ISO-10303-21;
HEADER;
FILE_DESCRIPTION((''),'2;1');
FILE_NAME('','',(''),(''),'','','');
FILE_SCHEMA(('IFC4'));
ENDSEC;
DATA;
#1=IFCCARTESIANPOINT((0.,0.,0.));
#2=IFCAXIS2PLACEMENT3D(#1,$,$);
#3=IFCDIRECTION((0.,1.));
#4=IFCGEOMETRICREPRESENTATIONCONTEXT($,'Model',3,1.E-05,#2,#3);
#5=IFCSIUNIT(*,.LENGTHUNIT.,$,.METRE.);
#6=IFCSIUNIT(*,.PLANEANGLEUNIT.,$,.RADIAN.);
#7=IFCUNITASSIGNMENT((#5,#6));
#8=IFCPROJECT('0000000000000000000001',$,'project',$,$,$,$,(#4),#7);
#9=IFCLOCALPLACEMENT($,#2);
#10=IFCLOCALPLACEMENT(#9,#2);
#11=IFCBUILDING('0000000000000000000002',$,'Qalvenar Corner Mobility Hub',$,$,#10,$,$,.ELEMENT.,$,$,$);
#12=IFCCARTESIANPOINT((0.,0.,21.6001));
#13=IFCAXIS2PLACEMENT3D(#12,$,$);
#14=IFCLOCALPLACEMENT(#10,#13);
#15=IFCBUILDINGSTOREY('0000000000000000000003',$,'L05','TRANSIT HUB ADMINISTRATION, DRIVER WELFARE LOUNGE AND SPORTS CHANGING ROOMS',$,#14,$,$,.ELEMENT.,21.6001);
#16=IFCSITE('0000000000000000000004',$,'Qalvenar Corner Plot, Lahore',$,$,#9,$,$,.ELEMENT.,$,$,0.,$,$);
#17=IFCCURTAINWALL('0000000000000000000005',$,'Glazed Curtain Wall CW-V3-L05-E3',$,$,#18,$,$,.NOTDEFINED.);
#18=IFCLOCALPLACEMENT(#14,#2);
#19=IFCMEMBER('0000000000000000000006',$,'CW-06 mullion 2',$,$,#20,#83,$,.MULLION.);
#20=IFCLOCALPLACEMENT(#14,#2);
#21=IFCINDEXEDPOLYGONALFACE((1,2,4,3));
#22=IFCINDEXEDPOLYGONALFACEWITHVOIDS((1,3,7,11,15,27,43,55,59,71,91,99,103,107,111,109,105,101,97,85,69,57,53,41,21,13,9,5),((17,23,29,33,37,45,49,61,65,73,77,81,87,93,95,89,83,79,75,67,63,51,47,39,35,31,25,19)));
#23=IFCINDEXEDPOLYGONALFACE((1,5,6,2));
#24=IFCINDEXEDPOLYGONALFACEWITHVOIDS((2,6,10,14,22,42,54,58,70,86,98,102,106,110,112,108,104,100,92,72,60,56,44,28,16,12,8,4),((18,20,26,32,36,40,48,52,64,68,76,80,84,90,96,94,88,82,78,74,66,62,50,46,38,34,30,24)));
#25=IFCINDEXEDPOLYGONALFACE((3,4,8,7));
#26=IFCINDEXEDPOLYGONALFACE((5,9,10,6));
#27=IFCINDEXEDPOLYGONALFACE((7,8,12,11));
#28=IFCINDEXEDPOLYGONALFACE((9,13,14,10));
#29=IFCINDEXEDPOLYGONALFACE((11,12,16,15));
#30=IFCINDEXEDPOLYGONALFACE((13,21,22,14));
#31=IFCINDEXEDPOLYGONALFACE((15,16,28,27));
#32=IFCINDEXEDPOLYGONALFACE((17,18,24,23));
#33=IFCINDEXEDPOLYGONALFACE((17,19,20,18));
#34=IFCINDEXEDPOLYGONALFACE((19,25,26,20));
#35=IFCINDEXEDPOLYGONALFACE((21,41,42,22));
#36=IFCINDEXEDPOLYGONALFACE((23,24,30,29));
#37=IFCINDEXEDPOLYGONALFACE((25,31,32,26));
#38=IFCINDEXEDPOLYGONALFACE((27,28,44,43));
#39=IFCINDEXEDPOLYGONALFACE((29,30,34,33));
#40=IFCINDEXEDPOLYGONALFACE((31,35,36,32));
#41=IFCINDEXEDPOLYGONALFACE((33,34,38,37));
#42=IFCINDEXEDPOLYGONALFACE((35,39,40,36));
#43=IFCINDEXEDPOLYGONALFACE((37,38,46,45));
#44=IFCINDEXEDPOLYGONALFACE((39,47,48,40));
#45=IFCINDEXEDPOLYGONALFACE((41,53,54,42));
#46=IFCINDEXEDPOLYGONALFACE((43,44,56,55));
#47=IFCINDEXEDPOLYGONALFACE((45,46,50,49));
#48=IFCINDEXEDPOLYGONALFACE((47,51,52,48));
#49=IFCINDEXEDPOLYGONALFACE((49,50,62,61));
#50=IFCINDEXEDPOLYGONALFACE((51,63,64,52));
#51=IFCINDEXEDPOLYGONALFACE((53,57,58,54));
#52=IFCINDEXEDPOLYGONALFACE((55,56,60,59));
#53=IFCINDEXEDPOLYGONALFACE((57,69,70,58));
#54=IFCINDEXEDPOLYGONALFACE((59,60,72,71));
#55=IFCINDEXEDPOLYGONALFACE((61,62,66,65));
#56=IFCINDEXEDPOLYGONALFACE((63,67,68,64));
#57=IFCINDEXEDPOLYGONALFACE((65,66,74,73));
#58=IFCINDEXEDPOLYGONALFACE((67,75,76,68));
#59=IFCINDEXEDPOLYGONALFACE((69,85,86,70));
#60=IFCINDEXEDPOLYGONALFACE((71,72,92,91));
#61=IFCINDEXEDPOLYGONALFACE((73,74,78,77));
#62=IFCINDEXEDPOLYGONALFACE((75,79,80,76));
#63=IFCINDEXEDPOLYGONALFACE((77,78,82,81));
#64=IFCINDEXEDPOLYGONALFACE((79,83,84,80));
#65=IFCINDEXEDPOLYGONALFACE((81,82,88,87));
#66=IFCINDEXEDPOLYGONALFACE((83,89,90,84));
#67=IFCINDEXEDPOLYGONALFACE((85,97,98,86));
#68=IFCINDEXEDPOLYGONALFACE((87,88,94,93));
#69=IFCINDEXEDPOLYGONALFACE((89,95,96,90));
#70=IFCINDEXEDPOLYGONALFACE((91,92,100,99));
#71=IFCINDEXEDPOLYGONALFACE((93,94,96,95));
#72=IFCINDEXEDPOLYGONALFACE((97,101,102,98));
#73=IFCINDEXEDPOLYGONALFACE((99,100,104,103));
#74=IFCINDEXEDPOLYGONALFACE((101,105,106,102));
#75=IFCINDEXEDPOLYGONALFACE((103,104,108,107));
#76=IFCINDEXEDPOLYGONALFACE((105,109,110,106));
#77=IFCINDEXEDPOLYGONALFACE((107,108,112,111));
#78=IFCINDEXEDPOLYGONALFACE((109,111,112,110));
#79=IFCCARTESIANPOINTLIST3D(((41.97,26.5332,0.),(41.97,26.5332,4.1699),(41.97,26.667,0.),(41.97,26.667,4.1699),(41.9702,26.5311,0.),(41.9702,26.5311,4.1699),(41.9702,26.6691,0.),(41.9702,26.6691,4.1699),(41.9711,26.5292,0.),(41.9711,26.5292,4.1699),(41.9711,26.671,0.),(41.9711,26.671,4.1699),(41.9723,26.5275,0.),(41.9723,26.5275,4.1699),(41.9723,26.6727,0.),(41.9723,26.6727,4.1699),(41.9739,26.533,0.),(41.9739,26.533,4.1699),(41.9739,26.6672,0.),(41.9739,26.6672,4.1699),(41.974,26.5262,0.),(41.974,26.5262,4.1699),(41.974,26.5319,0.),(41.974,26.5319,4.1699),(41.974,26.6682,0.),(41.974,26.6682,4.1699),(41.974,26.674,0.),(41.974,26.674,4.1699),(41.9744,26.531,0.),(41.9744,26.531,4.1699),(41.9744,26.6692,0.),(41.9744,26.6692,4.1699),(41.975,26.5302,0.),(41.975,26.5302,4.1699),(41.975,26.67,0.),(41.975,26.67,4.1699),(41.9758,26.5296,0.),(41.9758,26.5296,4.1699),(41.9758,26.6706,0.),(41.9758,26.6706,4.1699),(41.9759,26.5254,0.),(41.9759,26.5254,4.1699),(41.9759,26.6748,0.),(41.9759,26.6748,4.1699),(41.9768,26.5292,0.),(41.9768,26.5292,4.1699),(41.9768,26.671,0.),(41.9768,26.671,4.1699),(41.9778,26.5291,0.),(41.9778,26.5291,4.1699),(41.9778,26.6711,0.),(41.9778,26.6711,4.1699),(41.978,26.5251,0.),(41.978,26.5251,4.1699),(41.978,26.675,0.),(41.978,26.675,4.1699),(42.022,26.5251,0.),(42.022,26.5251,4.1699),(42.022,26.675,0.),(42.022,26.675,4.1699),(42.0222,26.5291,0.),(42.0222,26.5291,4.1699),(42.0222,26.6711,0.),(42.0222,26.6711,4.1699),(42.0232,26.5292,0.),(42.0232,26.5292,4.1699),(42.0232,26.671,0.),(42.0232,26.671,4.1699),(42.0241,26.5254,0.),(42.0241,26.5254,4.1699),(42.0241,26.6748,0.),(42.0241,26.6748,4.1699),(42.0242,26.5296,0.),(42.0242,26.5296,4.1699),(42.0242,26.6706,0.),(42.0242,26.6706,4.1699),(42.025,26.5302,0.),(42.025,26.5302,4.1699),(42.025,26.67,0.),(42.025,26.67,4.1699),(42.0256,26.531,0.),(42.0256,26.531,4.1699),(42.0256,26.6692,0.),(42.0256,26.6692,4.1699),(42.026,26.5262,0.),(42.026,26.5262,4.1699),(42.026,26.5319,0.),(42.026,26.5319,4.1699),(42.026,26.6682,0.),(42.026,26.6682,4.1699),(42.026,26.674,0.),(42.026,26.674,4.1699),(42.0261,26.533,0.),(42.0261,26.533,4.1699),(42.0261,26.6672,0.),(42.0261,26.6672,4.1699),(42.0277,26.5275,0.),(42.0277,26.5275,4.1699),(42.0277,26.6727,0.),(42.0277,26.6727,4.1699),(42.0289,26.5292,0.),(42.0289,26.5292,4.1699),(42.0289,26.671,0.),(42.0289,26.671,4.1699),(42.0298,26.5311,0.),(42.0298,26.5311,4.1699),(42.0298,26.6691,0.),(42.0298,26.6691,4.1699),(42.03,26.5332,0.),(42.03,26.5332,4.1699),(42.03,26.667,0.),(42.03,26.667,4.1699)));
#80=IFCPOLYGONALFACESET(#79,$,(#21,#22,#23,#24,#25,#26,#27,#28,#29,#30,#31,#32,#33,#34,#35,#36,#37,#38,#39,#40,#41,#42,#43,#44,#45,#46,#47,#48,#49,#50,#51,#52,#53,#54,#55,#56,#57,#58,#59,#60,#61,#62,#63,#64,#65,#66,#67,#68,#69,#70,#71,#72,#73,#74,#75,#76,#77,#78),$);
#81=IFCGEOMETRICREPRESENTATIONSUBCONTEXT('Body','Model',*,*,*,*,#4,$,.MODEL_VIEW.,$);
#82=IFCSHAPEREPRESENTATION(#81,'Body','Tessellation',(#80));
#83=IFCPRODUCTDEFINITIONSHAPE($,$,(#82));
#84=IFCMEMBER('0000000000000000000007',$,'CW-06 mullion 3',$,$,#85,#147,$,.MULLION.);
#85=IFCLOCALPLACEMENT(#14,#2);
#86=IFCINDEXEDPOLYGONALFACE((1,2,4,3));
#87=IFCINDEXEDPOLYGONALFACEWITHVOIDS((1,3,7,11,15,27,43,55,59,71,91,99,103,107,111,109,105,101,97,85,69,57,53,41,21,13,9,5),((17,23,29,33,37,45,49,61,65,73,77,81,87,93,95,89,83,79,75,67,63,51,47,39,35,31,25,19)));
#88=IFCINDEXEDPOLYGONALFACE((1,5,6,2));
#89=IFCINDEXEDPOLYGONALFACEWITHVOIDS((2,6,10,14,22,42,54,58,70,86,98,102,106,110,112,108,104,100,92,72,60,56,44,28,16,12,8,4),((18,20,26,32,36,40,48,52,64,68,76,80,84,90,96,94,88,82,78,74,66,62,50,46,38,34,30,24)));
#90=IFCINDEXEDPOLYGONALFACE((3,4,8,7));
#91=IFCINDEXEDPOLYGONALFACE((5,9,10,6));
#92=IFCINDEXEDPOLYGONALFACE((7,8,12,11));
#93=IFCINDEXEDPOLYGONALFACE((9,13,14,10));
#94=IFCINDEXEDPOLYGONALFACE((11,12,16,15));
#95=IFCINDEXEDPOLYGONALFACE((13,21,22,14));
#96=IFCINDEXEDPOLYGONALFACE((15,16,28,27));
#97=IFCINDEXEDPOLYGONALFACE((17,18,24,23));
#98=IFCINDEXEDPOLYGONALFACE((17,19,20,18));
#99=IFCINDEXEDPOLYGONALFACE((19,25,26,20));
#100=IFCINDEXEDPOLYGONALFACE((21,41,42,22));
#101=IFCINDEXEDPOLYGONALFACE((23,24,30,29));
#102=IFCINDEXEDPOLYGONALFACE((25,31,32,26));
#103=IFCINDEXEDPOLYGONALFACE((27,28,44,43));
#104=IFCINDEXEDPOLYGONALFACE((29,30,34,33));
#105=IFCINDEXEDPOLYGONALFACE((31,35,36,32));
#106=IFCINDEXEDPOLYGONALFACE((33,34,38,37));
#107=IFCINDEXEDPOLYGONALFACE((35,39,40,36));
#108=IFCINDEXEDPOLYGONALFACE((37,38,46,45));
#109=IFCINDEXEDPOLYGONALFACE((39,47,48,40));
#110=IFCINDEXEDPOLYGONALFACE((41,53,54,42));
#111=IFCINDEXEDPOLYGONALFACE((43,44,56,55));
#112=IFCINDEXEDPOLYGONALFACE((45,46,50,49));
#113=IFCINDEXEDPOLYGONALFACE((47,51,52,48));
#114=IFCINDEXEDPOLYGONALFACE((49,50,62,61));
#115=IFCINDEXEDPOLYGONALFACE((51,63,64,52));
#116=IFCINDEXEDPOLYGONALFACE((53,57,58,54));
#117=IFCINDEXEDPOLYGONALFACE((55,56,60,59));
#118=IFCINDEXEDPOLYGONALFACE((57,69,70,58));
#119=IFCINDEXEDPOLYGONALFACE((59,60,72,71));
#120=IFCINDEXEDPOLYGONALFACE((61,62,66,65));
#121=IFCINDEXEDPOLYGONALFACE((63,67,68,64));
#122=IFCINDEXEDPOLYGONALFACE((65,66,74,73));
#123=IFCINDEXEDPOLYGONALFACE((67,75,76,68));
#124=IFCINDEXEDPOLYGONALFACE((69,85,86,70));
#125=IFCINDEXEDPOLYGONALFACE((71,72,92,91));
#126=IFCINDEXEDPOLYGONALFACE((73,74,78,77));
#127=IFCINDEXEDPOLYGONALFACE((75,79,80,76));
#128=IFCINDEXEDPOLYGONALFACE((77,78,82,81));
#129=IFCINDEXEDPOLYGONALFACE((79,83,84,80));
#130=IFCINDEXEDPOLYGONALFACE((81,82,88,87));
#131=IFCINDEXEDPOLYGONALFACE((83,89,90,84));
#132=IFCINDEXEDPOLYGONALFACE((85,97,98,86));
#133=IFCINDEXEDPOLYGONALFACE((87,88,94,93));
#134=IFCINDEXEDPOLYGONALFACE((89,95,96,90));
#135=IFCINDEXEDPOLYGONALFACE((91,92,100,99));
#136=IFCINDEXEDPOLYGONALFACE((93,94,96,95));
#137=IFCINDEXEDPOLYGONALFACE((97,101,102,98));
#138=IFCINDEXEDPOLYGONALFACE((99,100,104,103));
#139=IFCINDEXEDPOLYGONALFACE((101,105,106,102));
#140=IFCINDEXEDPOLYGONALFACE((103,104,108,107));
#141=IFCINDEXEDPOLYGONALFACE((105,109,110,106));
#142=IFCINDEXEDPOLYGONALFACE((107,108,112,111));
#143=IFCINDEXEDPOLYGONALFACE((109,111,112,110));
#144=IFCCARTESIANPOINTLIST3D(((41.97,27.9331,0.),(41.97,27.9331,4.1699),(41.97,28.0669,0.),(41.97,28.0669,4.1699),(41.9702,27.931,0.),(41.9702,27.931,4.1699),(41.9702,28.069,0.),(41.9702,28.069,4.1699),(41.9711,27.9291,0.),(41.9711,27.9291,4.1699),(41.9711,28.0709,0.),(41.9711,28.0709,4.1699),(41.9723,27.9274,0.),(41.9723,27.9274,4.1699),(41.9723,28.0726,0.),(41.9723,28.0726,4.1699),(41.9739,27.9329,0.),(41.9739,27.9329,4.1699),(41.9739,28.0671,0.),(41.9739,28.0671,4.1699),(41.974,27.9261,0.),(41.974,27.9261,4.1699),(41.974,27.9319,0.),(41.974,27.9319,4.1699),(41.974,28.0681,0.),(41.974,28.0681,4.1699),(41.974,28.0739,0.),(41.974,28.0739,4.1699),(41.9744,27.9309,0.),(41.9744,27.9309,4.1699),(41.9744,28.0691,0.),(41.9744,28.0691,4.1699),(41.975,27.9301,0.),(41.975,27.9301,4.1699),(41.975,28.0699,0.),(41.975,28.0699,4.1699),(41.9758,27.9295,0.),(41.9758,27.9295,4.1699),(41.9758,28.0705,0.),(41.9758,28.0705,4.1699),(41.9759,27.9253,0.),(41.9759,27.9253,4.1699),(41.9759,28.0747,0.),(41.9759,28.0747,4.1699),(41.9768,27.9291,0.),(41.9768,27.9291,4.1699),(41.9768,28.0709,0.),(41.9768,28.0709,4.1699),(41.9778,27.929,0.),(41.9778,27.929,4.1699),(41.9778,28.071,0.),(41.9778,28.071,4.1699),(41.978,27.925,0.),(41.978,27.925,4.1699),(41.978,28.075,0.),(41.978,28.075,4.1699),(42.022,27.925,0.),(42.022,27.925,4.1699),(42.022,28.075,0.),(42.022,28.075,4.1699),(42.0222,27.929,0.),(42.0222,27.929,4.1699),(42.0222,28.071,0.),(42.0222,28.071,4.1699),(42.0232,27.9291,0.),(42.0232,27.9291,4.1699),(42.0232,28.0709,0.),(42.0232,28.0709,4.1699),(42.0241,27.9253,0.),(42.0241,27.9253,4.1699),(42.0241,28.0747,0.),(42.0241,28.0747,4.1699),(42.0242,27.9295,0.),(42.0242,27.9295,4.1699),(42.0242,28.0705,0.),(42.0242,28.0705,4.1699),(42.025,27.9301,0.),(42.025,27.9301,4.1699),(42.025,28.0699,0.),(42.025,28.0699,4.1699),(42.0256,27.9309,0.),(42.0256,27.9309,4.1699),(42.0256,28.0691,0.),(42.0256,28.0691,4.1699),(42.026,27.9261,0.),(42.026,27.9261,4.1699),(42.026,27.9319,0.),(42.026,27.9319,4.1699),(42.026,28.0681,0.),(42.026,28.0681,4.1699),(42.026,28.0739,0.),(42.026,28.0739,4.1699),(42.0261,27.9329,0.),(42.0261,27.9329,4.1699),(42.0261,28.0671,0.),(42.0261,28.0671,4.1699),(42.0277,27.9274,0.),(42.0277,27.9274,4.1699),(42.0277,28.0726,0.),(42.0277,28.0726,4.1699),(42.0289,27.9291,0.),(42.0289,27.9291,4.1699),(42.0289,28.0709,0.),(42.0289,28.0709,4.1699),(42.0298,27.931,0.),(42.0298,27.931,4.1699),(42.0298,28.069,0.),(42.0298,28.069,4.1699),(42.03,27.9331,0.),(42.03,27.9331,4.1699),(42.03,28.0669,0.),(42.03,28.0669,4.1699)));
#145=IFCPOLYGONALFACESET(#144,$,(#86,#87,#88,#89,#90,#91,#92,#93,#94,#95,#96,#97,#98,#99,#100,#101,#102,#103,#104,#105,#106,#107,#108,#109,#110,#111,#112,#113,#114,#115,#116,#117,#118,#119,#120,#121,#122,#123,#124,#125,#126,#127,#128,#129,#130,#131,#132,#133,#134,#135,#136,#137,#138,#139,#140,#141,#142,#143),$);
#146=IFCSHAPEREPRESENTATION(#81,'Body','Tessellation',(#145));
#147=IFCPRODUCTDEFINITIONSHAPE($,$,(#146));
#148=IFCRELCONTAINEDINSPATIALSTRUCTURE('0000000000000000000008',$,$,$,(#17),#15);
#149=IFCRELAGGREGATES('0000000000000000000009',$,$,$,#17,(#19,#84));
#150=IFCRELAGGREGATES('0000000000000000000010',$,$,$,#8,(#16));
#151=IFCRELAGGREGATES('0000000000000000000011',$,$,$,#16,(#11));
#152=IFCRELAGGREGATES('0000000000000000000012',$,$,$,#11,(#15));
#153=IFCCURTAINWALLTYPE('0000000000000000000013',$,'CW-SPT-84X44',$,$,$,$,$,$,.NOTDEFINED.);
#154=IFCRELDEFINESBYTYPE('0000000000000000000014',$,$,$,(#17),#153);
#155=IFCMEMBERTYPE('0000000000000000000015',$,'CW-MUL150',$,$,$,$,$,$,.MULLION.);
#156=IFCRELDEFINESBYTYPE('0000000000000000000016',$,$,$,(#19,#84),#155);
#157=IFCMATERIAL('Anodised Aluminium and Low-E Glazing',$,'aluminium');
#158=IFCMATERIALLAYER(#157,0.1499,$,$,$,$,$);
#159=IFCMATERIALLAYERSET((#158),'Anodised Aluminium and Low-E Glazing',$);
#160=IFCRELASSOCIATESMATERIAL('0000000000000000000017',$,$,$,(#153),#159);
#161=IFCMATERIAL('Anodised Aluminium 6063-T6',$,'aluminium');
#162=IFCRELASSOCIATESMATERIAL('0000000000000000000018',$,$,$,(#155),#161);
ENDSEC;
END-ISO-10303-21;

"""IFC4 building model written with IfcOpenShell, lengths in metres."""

from ifc_helpers import new_model, si_unit, direction, frame, origin, origin_2d, place, context, subcontext, project, spatial, hollow_rectangle, extrude, material, layer, layer_set, material_profile, profile_set, type_object, element, aggregate, save


model = new_model("IFC4")

# Units and contexts
model_context = context("Model", 3, precision=1e-05, world=origin(), true_north=direction((0.0, 1.0)))
body_context = subcontext(model_context, "Body", "Model", "MODEL_VIEW")
ifc_project = project(units=[si_unit("LENGTHUNIT", "METRE"), si_unit("PLANEANGLEUNIT", "RADIAN")], contexts=[model_context])

# Site, building, storey
site_placement = place(None, origin())
site = spatial("IfcSite", under=ifc_project, at=site_placement, Name="Qalvenar Corner Plot, Lahore", CompositionType="ELEMENT", RefElevation=0.0)
building_placement = place(site_placement, origin())
building = spatial("IfcBuilding", under=site, at=building_placement, Name="Qalvenar Corner Mobility Hub", CompositionType="ELEMENT")
storey_placement = place(building_placement, frame((0.0, 0.0, 21.6001)))
storey = spatial("IfcBuildingStorey", under=building, at=storey_placement, Name="L05", Description="TRANSIT HUB ADMINISTRATION, DRIVER WELFARE LOUNGE AND SPORTS CHANGING ROOMS", CompositionType="ELEMENT", Elevation=21.6001)

# Curtain wall, members
ifc_material_1 = material(Name="Anodised Aluminium and Low-E Glazing", Category="aluminium")
ifc_layer_1 = layer(ifc_material_1, 0.1499)
ifc_layer_set_1 = layer_set([ifc_layer_1], Name="Anodised Aluminium and Low-E Glazing")
curtain_wall_type = type_object("IfcCurtainWallType", Name="CW-SPT-84X44", PredefinedType="NOTDEFINED", material=ifc_layer_set_1)
curtain_wall_placement = place(storey_placement, origin())
curtain_wall = element("IfcCurtainWall", 1, at=curtain_wall_placement, inside=storey, type_object=curtain_wall_type, Name="Glazed Curtain Wall CW-V3-L05-E3", PredefinedType="NOTDEFINED")
ifc_material_2 = material(Name="Anodised Aluminium 6063-T6", Category="aluminium")
ifc_material_profile_1 = material_profile(ifc_material_2, hollow_rectangle(XDim=0.0601, YDim=0.1499, WallThickness=0.0039, InnerFilletRadius=0.0039, OuterFilletRadius=0.0081, at=origin_2d()), Name="RHS150x60x4")
ifc_profile_set_1 = profile_set([ifc_material_profile_1], Name="Anodised Aluminium 6063-T6")
member_type_1 = type_object("IfcMemberType", Name="CW-MUL150", PredefinedType="MULLION", material=ifc_profile_set_1)
member_1_placement = place(storey_placement, frame((42.0, 26.6001, 0.0), z_axis=(0.0, 0.0, 1.0), x_axis=(-1.0, 0.0, 0.0)))
member_1 = element("IfcMember", 2, at=member_1_placement, type_object=member_type_1, Name="CW-06 mullion 2", PredefinedType="MULLION", context=body_context, shape_type="SweptSolid", body=[
    extrude(hollow_rectangle(XDim=0.0601, YDim=0.1499, WallThickness=0.0039, InnerFilletRadius=0.0039, OuterFilletRadius=0.0081, at=origin_2d()), origin(), (0.0, 0.0, 1.0), 4.1699),
])
member_2_placement = place(storey_placement, frame((42.0, 28.0, 0.0), z_axis=(0.0, 0.0, 1.0), x_axis=(-1.0, 0.0, 0.0)))
member_2 = element("IfcMember", 3, at=member_2_placement, type_object=member_type_1, Name="CW-06 mullion 3", PredefinedType="MULLION", context=body_context, shape_type="SweptSolid", body=[
    extrude(hollow_rectangle(XDim=0.0601, YDim=0.1499, WallThickness=0.0039, InnerFilletRadius=0.0039, OuterFilletRadius=0.0081, at=origin_2d()), origin(), (0.0, 0.0, 1.0), 4.1699),
])
aggregate(curtain_wall, [member_1, member_2])

save(model, "model.ifc")
